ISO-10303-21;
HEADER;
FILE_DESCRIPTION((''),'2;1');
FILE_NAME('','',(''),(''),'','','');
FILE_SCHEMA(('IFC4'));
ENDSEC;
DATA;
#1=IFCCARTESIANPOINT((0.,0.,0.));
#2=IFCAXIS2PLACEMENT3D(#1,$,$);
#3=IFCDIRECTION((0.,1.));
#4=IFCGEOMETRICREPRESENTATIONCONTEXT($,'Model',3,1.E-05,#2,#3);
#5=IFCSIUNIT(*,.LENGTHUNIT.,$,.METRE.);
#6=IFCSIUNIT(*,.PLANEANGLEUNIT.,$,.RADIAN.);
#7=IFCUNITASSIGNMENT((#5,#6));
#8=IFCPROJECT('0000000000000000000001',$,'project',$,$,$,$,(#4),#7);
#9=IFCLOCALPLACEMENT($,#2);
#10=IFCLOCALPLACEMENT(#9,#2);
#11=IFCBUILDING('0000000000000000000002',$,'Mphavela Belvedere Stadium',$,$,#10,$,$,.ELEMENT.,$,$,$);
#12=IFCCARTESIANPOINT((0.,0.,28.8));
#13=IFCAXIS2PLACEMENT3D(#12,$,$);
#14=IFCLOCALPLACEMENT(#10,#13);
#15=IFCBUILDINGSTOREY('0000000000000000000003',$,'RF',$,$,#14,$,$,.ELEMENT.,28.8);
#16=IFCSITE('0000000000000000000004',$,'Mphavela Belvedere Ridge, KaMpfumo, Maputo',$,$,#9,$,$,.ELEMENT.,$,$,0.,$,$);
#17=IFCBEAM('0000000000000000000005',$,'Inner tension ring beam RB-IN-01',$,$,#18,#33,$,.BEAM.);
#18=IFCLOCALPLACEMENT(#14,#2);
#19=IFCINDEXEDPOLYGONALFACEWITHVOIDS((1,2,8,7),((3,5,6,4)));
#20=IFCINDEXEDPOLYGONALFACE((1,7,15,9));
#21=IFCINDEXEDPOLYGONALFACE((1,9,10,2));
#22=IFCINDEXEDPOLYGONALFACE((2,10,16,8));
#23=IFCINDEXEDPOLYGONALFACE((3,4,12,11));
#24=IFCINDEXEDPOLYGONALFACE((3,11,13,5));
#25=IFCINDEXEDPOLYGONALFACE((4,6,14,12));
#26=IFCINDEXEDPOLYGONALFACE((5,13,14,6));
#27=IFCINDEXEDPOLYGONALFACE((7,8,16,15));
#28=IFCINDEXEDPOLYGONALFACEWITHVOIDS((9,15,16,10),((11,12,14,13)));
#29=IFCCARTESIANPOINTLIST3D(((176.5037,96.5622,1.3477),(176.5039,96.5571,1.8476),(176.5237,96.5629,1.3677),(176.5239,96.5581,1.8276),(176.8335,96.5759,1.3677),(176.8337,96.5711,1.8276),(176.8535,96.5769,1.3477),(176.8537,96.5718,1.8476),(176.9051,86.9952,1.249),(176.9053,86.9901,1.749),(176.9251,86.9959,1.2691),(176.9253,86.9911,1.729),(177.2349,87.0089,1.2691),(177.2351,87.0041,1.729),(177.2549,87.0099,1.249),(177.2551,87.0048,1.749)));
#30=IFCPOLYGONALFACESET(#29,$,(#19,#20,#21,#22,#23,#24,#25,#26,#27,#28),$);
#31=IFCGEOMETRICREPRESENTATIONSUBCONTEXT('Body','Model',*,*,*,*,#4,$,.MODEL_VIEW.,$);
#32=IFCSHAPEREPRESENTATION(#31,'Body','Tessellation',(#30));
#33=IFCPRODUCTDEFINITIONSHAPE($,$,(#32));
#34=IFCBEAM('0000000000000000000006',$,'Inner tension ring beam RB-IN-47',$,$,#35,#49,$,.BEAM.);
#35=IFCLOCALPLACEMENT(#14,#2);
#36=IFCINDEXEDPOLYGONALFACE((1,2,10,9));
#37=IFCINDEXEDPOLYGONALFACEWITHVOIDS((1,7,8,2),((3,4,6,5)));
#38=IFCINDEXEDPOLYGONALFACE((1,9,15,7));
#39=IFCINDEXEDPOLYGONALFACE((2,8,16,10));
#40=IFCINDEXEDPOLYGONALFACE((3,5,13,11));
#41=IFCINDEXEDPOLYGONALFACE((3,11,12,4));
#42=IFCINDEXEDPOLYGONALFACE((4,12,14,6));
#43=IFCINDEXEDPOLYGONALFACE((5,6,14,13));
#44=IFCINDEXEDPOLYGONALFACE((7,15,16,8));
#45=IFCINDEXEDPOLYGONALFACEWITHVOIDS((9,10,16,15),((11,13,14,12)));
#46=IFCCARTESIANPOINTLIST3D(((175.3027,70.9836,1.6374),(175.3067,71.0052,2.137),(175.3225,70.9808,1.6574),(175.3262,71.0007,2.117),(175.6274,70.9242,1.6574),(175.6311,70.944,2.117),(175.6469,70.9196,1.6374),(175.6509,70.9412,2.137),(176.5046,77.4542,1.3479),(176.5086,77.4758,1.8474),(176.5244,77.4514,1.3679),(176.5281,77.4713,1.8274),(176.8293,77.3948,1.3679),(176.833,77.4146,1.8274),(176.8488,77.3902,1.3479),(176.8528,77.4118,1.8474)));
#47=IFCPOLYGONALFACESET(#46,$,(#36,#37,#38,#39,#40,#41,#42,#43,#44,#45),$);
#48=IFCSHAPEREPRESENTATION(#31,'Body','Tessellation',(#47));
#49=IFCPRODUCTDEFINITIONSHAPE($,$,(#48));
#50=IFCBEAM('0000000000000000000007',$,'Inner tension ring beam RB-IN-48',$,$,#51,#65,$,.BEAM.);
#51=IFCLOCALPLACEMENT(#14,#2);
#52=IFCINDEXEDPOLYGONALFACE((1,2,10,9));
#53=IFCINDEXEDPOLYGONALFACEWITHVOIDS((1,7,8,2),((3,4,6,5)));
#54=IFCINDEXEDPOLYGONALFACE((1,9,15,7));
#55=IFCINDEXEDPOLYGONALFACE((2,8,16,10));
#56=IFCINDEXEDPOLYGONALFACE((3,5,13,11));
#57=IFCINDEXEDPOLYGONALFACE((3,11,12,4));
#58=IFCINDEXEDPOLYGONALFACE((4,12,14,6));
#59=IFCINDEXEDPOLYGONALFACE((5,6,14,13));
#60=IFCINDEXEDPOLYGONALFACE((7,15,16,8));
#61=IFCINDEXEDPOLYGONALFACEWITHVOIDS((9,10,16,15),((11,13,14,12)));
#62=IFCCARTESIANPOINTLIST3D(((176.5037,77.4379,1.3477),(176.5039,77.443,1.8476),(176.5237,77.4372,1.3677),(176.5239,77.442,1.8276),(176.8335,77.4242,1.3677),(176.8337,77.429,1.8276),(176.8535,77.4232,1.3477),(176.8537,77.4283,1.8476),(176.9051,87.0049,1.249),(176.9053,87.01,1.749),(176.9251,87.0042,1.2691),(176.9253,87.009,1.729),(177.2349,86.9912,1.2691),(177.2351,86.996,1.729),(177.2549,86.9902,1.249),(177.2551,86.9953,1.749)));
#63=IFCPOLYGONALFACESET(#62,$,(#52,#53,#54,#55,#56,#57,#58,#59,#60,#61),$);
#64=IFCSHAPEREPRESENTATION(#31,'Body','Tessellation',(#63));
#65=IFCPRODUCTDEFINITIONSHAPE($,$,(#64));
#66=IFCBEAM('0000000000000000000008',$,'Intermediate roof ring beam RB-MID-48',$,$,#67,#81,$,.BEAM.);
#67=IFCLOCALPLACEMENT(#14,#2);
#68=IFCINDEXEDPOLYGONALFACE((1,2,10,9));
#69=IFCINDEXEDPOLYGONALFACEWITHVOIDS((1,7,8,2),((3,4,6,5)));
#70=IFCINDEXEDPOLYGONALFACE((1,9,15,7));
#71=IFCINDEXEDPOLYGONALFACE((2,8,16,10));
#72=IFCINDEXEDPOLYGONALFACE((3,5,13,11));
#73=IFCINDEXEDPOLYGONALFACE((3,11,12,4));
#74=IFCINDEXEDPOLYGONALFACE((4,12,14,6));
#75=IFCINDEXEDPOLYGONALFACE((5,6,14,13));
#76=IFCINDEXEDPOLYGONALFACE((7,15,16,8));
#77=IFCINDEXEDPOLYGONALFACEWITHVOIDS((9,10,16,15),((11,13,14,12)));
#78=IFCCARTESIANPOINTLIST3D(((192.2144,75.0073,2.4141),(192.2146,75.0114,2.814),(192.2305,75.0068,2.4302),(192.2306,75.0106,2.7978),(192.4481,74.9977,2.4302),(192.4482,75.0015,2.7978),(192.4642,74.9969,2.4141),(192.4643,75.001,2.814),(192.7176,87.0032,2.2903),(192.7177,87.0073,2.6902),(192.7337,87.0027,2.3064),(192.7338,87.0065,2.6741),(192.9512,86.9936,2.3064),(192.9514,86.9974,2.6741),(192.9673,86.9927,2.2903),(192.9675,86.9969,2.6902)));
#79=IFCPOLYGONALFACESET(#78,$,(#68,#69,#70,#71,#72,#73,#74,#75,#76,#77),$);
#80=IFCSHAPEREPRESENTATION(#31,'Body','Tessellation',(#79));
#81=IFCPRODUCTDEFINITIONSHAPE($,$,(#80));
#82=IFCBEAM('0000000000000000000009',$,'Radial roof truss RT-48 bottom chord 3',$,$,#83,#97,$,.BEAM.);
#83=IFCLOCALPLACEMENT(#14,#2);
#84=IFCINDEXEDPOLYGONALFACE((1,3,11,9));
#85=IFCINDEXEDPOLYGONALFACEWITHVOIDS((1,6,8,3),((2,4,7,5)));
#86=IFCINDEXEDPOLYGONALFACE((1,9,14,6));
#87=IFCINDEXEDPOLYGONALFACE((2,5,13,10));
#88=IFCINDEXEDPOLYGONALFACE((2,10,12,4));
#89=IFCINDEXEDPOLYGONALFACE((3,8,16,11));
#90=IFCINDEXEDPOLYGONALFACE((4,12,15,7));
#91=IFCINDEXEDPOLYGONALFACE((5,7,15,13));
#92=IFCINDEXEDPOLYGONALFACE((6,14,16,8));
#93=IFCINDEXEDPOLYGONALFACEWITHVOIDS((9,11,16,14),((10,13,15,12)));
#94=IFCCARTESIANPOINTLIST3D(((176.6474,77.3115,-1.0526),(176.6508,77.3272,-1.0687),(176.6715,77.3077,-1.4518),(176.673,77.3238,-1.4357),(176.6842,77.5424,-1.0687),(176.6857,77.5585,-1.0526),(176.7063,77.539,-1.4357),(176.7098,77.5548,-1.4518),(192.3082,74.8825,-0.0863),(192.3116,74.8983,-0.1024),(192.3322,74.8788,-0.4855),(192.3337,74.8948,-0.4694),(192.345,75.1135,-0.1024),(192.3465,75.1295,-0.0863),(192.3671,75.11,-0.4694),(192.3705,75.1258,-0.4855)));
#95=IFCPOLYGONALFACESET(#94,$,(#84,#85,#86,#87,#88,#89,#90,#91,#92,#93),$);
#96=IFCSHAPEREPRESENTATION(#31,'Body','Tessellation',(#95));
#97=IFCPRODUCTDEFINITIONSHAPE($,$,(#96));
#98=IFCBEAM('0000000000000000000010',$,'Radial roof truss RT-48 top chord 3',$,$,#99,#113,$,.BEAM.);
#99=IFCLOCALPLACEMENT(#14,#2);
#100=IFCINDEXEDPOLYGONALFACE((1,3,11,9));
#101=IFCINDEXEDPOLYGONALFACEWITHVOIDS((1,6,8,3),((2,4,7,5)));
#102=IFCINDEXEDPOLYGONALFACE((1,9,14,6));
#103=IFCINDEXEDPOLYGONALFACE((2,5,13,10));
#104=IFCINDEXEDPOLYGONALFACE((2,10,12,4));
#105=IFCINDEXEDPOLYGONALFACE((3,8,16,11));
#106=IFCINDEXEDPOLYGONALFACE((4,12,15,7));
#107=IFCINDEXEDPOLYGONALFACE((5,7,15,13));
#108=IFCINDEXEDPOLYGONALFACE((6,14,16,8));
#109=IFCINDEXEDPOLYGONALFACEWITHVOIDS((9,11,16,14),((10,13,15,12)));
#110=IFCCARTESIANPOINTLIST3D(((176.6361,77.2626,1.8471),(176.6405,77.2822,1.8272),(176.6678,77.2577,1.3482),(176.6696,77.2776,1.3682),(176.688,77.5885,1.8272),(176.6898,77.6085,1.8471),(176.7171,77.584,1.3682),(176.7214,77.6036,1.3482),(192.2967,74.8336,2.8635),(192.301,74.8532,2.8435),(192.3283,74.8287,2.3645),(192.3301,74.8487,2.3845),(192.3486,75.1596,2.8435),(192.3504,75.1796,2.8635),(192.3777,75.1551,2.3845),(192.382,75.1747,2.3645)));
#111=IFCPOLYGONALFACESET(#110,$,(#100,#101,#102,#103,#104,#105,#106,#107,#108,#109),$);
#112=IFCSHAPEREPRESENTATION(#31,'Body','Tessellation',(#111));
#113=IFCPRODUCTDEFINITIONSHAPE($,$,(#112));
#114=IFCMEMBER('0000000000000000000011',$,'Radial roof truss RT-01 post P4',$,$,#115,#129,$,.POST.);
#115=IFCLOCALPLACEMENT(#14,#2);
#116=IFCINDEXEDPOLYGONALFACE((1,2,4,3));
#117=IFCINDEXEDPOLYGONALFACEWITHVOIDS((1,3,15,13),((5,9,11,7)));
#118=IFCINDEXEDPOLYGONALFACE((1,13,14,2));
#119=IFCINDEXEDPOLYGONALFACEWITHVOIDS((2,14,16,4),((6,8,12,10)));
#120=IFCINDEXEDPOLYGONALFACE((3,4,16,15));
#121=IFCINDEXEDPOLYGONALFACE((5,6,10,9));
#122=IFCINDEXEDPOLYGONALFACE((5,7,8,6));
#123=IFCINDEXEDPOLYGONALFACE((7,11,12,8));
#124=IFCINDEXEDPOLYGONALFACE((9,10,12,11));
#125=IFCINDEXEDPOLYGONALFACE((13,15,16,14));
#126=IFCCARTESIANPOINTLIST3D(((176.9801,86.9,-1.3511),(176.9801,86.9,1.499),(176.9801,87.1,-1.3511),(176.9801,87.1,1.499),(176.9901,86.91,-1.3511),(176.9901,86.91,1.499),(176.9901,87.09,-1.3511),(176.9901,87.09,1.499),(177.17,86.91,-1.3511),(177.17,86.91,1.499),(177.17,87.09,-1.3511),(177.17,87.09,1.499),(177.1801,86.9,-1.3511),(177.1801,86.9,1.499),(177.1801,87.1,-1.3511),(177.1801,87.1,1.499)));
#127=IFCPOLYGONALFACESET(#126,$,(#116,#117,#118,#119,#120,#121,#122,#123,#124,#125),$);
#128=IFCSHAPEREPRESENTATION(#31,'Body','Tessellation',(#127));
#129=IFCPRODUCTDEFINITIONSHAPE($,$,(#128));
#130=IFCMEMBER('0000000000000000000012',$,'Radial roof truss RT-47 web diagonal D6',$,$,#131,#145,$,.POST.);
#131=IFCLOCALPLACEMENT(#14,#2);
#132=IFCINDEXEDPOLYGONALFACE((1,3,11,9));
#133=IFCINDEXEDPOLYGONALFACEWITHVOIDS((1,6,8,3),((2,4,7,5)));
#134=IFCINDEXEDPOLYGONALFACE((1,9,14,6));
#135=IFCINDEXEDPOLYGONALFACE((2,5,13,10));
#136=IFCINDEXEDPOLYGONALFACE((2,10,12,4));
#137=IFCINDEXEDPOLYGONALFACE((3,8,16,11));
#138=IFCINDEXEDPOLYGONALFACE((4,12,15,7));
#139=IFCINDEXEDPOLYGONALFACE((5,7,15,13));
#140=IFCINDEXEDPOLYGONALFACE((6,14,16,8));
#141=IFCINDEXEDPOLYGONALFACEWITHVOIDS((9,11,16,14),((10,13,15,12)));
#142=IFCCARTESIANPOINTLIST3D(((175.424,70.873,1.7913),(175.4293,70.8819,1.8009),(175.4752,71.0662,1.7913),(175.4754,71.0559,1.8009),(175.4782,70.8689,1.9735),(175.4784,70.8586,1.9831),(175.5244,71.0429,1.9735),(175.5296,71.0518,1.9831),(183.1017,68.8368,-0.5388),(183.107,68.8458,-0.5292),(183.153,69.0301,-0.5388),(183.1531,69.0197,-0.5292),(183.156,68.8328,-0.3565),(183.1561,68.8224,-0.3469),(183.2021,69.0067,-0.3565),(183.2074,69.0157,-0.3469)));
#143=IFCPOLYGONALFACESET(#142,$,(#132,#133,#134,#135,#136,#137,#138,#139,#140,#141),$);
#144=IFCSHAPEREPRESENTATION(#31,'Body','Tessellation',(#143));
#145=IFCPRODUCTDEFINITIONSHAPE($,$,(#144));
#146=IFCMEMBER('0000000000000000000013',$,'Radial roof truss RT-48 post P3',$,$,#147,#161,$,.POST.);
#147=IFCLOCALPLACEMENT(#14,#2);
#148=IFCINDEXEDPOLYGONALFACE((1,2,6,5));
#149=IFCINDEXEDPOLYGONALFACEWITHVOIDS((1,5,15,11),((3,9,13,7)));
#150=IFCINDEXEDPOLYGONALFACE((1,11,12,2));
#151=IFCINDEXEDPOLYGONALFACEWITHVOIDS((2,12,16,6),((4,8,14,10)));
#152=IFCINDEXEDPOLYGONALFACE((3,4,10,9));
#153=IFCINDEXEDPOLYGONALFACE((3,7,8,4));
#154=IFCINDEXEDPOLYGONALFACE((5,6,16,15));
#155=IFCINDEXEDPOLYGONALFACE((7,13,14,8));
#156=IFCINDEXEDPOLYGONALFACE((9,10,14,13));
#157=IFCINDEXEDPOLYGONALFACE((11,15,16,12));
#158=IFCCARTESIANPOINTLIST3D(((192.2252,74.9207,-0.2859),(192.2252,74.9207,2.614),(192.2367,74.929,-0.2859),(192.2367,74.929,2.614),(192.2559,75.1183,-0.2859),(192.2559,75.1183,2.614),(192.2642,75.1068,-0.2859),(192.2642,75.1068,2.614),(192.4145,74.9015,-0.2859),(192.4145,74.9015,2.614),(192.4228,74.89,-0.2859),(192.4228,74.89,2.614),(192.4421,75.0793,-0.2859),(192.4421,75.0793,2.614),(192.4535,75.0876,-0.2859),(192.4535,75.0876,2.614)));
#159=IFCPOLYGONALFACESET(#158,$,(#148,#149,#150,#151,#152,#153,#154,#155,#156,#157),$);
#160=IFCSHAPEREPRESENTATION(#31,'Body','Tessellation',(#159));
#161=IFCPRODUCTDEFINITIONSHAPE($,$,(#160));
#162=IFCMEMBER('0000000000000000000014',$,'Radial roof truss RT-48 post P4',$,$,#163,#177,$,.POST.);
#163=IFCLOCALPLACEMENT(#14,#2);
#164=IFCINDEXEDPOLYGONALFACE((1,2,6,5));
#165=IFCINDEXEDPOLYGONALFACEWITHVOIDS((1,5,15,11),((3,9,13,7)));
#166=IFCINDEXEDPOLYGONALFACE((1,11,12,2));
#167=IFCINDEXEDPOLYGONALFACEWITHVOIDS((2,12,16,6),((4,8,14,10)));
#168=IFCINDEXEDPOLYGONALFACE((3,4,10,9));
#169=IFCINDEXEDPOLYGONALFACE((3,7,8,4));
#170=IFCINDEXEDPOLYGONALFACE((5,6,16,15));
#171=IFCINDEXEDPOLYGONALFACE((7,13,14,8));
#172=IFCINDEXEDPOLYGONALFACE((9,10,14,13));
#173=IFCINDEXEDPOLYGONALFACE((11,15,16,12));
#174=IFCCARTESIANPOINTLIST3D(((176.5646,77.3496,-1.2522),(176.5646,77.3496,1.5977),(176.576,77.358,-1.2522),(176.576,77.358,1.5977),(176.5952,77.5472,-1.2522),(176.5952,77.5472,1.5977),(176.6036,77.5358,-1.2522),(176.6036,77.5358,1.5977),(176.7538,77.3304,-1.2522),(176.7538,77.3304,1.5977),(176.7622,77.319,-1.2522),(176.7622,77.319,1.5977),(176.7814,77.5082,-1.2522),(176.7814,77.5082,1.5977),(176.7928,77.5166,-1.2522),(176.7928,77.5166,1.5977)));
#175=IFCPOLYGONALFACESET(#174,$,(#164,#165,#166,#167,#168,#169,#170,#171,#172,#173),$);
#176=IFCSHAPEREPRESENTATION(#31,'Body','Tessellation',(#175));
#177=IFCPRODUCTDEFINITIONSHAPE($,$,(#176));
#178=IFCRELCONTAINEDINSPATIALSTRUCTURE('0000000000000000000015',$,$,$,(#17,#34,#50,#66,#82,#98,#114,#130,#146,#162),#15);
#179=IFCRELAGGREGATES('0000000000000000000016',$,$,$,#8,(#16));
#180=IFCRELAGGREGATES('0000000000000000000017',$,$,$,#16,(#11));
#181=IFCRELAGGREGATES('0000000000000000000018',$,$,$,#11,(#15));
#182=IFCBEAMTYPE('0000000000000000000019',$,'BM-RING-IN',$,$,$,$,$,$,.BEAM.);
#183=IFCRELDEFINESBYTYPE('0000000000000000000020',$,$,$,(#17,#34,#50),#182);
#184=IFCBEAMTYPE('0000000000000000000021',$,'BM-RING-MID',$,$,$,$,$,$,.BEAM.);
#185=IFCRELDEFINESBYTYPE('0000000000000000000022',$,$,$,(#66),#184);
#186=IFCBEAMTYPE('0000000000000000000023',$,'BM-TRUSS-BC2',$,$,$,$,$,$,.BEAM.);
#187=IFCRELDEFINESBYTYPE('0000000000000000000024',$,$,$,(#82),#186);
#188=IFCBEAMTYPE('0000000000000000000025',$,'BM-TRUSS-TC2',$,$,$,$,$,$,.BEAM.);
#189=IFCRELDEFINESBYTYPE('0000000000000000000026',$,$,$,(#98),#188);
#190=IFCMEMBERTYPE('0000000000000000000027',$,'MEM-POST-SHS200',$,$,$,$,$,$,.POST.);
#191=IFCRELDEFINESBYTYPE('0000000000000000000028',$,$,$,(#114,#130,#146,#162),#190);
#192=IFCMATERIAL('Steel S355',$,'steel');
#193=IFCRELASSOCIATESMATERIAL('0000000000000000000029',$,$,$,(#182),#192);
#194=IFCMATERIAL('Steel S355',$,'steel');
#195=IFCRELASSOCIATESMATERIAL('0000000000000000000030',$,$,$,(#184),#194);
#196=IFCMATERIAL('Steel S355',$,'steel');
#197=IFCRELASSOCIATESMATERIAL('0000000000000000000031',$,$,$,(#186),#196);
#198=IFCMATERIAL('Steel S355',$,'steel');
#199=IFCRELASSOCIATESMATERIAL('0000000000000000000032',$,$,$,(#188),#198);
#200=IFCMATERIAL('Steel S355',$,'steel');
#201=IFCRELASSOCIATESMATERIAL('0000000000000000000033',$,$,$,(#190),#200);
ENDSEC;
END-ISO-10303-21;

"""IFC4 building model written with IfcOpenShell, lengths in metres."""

from ifc_helpers import new_model, si_unit, direction, frame, origin, origin_2d, place, context, subcontext, project, spatial, hollow_rectangle, extrude, material, material_profile, profile_set, type_object, element, save


model = new_model("IFC4")

# Units and contexts
model_context = context("Model", 3, precision=1e-05, world=origin(), true_north=direction((0.0, 1.0)))
body_context = subcontext(model_context, "Body", "Model", "MODEL_VIEW")
ifc_project = project(units=[si_unit("LENGTHUNIT", "METRE"), si_unit("PLANEANGLEUNIT", "RADIAN")], contexts=[model_context])

# Site, building, storey
site_placement = place(None, origin())
site = spatial("IfcSite", under=ifc_project, at=site_placement, Name="Mphavela Belvedere Ridge, KaMpfumo, Maputo", CompositionType="ELEMENT", RefElevation=0.0)
building_placement = place(site_placement, origin())
building = spatial("IfcBuilding", under=site, at=building_placement, Name="Mphavela Belvedere Stadium", CompositionType="ELEMENT")
storey_placement = place(building_placement, frame((0.0, 0.0, 28.8)))
storey = spatial("IfcBuildingStorey", under=building, at=storey_placement, Name="RF", CompositionType="ELEMENT", Elevation=28.8)

# Beams
ifc_material_1 = material(Name="Steel S355", Category="steel")
ifc_material_profile_1 = material_profile(ifc_material_1, hollow_rectangle(XDim=0.3501, YDim=0.5, WallThickness=0.02, at=origin_2d()), Name="RHS 500x350x20")
ifc_profile_set_1 = profile_set([ifc_material_profile_1], Name="Steel S355")
beam_type_1 = type_object("IfcBeamType", Name="BM-RING-IN", PredefinedType="BEAM", material=ifc_profile_set_1)
beam_1_placement = place(storey_placement, frame((177.0801, 87.0, 1.499), z_axis=(-0.041915, 0.999068, 0.0103), x_axis=(-0.999121, -0.041917, 0.0)))
element("IfcBeam", 1, at=beam_1_placement, inside=storey, type_object=beam_type_1, Name="Inner tension ring beam RB-IN-01", PredefinedType="BEAM", context=body_context, shape_type="SweptSolid", body=[
    extrude(hollow_rectangle(XDim=0.3501, YDim=0.5, WallThickness=0.02, at=origin_2d()), origin(), (0.0, 0.0, 1.0), 9.5759),
])
beam_2_placement = place(storey_placement, frame((175.4768, 70.9624, 1.8872), z_axis=(0.182445, 0.982233, -0.043953), x_axis=(-0.983183, 0.182622, 0.0)))
element("IfcBeam", 2, at=beam_2_placement, inside=storey, type_object=beam_type_1, Name="Inner tension ring beam RB-IN-47", PredefinedType="BEAM", context=body_context, shape_type="SweptSolid", body=[
    extrude(hollow_rectangle(XDim=0.3501, YDim=0.5, WallThickness=0.02, at=origin_2d()), origin(), (0.0, 0.0, 1.0), 6.5876),
])
beam_3_placement = place(storey_placement, frame((176.6787, 77.4331, 1.5977), z_axis=(0.041915, 0.999068, -0.0103), x_axis=(-0.999121, 0.041917, 0.0)))
element("IfcBeam", 3, at=beam_3_placement, inside=storey, type_object=beam_type_1, Name="Inner tension ring beam RB-IN-48", PredefinedType="BEAM", context=body_context, shape_type="SweptSolid", body=[
    extrude(hollow_rectangle(XDim=0.3501, YDim=0.5, WallThickness=0.02, at=origin_2d()), origin(), (0.0, 0.0, 1.0), 9.5759),
])
ifc_material_2 = material(Name="Steel S355", Category="steel")
ifc_material_profile_2 = material_profile(ifc_material_2, hollow_rectangle(XDim=0.25, YDim=0.3999, WallThickness=0.0161, at=origin_2d()), Name="RHS 400x250x16")
ifc_profile_set_2 = profile_set([ifc_material_profile_2], Name="Steel S355")
beam_type_2 = type_object("IfcBeamType", Name="BM-RING-MID", PredefinedType="BEAM", material=ifc_profile_set_2)
beam_4_placement = place(storey_placement, frame((192.3394, 75.0042, 2.614), z_axis=(0.041907, 0.999068, -0.010309), x_axis=(-0.999121, 0.041909, 0.0)))
element("IfcBeam", 4, at=beam_4_placement, inside=storey, type_object=beam_type_2, Name="Intermediate roof ring beam RB-MID-48", PredefinedType="BEAM", context=body_context, shape_type="SweptSolid", body=[
    extrude(hollow_rectangle(XDim=0.25, YDim=0.3999, WallThickness=0.0161, at=origin_2d()), origin(), (0.0, 0.0, 1.0), 12.0071),
])
ifc_material_3 = material(Name="Steel S355", Category="steel")
ifc_material_profile_3 = material_profile(ifc_material_3, hollow_rectangle(XDim=0.25, YDim=0.3999, WallThickness=0.0161, at=origin_2d()), Name="RHS 400x250x16")
ifc_profile_set_3 = profile_set([ifc_material_profile_3], Name="Steel S355")
beam_type_3 = type_object("IfcBeamType", Name="BM-TRUSS-BC2", PredefinedType="BEAM", material=ifc_profile_set_3)
beam_5_placement = place(storey_placement, frame((192.3394, 75.0042, -0.2859), z_axis=(-0.986353, 0.152983, -0.060861), x_axis=(-0.153267, -0.988185, 0.0)))
element("IfcBeam", 5, at=beam_5_placement, inside=storey, type_object=beam_type_3, Name="Radial roof truss RT-48 bottom chord 3", PredefinedType="BEAM", context=body_context, shape_type="SweptSolid", body=[
    extrude(hollow_rectangle(XDim=0.25, YDim=0.3999, WallThickness=0.0161, at=origin_2d()), origin(), (0.0, 0.0, 1.0), 15.8774),
])
ifc_material_4 = material(Name="Steel S355", Category="steel")
ifc_material_profile_4 = material_profile(ifc_material_4, hollow_rectangle(XDim=0.3501, YDim=0.5, WallThickness=0.02, at=origin_2d()), Name="RHS 500x350x20")
ifc_profile_set_4 = profile_set([ifc_material_profile_4], Name="Steel S355")
beam_type_4 = type_object("IfcBeamType", Name="BM-TRUSS-TC2", PredefinedType="BEAM", material=ifc_profile_set_4)
beam_6_placement = place(storey_placement, frame((192.3394, 75.0042, 2.614), z_axis=(-0.986159, 0.152953, -0.064001), x_axis=(-0.153267, -0.988185, 0.0)))
element("IfcBeam", 6, at=beam_6_placement, inside=storey, type_object=beam_type_4, Name="Radial roof truss RT-48 top chord 3", PredefinedType="BEAM", context=body_context, shape_type="SweptSolid", body=[
    extrude(hollow_rectangle(XDim=0.3501, YDim=0.5, WallThickness=0.02, at=origin_2d()), origin(), (0.0, 0.0, 1.0), 15.8804),
])

# Members
ifc_material_5 = material(Name="Steel S355", Category="steel")
ifc_material_profile_5 = material_profile(ifc_material_5, hollow_rectangle(XDim=0.2, YDim=0.2, WallThickness=0.01, at=origin_2d()), Name="SHS 200x200x10")
ifc_profile_set_5 = profile_set([ifc_material_profile_5], Name="Steel S355")
member_type_1 = type_object("IfcMemberType", Name="MEM-POST-SHS200", PredefinedType="POST", material=ifc_profile_set_5)
member_1_placement = place(storey_placement, frame((177.0801, 87.0, -1.3511), z_axis=(0.0, 0.0, 1.0), x_axis=(1.0, 0.0, 0.0)))
element("IfcMember", 7, at=member_1_placement, inside=storey, type_object=member_type_1, Name="Radial roof truss RT-01 post P4", PredefinedType="POST", context=body_context, shape_type="SweptSolid", body=[
    extrude(hollow_rectangle(XDim=0.2, YDim=0.2, WallThickness=0.01, at=origin_2d()), origin(), (0.0, 0.0, 1.0), 2.8501),
])
member_2_placement = place(storey_placement, frame((183.1545, 68.9263, -0.4429), z_axis=(-0.927504, 0.245974, 0.281484), x_axis=(-0.256339, -0.966587, 0.0)))
element("IfcMember", 8, at=member_2_placement, inside=storey, type_object=member_type_1, Name="Radial roof truss RT-47 web diagonal D6", PredefinedType="POST", context=body_context, shape_type="SweptSolid", body=[
    extrude(hollow_rectangle(XDim=0.2, YDim=0.2, WallThickness=0.01, at=origin_2d()), origin(), (0.0, 0.0, 1.0), 8.2778),
])
member_3_placement = place(storey_placement, frame((192.3394, 75.0042, -0.2859), z_axis=(0.0, 0.0, 1.0), x_axis=(0.988175, -0.153331, 0.0)))
element("IfcMember", 9, at=member_3_placement, inside=storey, type_object=member_type_1, Name="Radial roof truss RT-48 post P3", PredefinedType="POST", context=body_context, shape_type="SweptSolid", body=[
    extrude(hollow_rectangle(XDim=0.2, YDim=0.2, WallThickness=0.01, at=origin_2d()), origin(), (0.0, 0.0, 1.0), 2.8999),
])
member_4_placement = place(storey_placement, frame((176.6787, 77.4331, -1.2522), z_axis=(0.0, 0.0, 1.0), x_axis=(0.988175, -0.153331, 0.0)))
element("IfcMember", 10, at=member_4_placement, inside=storey, type_object=member_type_1, Name="Radial roof truss RT-48 post P4", PredefinedType="POST", context=body_context, shape_type="SweptSolid", body=[
    extrude(hollow_rectangle(XDim=0.2, YDim=0.2, WallThickness=0.01, at=origin_2d()), origin(), (0.0, 0.0, 1.0), 2.8499),
])

save(model, "model.ifc")
